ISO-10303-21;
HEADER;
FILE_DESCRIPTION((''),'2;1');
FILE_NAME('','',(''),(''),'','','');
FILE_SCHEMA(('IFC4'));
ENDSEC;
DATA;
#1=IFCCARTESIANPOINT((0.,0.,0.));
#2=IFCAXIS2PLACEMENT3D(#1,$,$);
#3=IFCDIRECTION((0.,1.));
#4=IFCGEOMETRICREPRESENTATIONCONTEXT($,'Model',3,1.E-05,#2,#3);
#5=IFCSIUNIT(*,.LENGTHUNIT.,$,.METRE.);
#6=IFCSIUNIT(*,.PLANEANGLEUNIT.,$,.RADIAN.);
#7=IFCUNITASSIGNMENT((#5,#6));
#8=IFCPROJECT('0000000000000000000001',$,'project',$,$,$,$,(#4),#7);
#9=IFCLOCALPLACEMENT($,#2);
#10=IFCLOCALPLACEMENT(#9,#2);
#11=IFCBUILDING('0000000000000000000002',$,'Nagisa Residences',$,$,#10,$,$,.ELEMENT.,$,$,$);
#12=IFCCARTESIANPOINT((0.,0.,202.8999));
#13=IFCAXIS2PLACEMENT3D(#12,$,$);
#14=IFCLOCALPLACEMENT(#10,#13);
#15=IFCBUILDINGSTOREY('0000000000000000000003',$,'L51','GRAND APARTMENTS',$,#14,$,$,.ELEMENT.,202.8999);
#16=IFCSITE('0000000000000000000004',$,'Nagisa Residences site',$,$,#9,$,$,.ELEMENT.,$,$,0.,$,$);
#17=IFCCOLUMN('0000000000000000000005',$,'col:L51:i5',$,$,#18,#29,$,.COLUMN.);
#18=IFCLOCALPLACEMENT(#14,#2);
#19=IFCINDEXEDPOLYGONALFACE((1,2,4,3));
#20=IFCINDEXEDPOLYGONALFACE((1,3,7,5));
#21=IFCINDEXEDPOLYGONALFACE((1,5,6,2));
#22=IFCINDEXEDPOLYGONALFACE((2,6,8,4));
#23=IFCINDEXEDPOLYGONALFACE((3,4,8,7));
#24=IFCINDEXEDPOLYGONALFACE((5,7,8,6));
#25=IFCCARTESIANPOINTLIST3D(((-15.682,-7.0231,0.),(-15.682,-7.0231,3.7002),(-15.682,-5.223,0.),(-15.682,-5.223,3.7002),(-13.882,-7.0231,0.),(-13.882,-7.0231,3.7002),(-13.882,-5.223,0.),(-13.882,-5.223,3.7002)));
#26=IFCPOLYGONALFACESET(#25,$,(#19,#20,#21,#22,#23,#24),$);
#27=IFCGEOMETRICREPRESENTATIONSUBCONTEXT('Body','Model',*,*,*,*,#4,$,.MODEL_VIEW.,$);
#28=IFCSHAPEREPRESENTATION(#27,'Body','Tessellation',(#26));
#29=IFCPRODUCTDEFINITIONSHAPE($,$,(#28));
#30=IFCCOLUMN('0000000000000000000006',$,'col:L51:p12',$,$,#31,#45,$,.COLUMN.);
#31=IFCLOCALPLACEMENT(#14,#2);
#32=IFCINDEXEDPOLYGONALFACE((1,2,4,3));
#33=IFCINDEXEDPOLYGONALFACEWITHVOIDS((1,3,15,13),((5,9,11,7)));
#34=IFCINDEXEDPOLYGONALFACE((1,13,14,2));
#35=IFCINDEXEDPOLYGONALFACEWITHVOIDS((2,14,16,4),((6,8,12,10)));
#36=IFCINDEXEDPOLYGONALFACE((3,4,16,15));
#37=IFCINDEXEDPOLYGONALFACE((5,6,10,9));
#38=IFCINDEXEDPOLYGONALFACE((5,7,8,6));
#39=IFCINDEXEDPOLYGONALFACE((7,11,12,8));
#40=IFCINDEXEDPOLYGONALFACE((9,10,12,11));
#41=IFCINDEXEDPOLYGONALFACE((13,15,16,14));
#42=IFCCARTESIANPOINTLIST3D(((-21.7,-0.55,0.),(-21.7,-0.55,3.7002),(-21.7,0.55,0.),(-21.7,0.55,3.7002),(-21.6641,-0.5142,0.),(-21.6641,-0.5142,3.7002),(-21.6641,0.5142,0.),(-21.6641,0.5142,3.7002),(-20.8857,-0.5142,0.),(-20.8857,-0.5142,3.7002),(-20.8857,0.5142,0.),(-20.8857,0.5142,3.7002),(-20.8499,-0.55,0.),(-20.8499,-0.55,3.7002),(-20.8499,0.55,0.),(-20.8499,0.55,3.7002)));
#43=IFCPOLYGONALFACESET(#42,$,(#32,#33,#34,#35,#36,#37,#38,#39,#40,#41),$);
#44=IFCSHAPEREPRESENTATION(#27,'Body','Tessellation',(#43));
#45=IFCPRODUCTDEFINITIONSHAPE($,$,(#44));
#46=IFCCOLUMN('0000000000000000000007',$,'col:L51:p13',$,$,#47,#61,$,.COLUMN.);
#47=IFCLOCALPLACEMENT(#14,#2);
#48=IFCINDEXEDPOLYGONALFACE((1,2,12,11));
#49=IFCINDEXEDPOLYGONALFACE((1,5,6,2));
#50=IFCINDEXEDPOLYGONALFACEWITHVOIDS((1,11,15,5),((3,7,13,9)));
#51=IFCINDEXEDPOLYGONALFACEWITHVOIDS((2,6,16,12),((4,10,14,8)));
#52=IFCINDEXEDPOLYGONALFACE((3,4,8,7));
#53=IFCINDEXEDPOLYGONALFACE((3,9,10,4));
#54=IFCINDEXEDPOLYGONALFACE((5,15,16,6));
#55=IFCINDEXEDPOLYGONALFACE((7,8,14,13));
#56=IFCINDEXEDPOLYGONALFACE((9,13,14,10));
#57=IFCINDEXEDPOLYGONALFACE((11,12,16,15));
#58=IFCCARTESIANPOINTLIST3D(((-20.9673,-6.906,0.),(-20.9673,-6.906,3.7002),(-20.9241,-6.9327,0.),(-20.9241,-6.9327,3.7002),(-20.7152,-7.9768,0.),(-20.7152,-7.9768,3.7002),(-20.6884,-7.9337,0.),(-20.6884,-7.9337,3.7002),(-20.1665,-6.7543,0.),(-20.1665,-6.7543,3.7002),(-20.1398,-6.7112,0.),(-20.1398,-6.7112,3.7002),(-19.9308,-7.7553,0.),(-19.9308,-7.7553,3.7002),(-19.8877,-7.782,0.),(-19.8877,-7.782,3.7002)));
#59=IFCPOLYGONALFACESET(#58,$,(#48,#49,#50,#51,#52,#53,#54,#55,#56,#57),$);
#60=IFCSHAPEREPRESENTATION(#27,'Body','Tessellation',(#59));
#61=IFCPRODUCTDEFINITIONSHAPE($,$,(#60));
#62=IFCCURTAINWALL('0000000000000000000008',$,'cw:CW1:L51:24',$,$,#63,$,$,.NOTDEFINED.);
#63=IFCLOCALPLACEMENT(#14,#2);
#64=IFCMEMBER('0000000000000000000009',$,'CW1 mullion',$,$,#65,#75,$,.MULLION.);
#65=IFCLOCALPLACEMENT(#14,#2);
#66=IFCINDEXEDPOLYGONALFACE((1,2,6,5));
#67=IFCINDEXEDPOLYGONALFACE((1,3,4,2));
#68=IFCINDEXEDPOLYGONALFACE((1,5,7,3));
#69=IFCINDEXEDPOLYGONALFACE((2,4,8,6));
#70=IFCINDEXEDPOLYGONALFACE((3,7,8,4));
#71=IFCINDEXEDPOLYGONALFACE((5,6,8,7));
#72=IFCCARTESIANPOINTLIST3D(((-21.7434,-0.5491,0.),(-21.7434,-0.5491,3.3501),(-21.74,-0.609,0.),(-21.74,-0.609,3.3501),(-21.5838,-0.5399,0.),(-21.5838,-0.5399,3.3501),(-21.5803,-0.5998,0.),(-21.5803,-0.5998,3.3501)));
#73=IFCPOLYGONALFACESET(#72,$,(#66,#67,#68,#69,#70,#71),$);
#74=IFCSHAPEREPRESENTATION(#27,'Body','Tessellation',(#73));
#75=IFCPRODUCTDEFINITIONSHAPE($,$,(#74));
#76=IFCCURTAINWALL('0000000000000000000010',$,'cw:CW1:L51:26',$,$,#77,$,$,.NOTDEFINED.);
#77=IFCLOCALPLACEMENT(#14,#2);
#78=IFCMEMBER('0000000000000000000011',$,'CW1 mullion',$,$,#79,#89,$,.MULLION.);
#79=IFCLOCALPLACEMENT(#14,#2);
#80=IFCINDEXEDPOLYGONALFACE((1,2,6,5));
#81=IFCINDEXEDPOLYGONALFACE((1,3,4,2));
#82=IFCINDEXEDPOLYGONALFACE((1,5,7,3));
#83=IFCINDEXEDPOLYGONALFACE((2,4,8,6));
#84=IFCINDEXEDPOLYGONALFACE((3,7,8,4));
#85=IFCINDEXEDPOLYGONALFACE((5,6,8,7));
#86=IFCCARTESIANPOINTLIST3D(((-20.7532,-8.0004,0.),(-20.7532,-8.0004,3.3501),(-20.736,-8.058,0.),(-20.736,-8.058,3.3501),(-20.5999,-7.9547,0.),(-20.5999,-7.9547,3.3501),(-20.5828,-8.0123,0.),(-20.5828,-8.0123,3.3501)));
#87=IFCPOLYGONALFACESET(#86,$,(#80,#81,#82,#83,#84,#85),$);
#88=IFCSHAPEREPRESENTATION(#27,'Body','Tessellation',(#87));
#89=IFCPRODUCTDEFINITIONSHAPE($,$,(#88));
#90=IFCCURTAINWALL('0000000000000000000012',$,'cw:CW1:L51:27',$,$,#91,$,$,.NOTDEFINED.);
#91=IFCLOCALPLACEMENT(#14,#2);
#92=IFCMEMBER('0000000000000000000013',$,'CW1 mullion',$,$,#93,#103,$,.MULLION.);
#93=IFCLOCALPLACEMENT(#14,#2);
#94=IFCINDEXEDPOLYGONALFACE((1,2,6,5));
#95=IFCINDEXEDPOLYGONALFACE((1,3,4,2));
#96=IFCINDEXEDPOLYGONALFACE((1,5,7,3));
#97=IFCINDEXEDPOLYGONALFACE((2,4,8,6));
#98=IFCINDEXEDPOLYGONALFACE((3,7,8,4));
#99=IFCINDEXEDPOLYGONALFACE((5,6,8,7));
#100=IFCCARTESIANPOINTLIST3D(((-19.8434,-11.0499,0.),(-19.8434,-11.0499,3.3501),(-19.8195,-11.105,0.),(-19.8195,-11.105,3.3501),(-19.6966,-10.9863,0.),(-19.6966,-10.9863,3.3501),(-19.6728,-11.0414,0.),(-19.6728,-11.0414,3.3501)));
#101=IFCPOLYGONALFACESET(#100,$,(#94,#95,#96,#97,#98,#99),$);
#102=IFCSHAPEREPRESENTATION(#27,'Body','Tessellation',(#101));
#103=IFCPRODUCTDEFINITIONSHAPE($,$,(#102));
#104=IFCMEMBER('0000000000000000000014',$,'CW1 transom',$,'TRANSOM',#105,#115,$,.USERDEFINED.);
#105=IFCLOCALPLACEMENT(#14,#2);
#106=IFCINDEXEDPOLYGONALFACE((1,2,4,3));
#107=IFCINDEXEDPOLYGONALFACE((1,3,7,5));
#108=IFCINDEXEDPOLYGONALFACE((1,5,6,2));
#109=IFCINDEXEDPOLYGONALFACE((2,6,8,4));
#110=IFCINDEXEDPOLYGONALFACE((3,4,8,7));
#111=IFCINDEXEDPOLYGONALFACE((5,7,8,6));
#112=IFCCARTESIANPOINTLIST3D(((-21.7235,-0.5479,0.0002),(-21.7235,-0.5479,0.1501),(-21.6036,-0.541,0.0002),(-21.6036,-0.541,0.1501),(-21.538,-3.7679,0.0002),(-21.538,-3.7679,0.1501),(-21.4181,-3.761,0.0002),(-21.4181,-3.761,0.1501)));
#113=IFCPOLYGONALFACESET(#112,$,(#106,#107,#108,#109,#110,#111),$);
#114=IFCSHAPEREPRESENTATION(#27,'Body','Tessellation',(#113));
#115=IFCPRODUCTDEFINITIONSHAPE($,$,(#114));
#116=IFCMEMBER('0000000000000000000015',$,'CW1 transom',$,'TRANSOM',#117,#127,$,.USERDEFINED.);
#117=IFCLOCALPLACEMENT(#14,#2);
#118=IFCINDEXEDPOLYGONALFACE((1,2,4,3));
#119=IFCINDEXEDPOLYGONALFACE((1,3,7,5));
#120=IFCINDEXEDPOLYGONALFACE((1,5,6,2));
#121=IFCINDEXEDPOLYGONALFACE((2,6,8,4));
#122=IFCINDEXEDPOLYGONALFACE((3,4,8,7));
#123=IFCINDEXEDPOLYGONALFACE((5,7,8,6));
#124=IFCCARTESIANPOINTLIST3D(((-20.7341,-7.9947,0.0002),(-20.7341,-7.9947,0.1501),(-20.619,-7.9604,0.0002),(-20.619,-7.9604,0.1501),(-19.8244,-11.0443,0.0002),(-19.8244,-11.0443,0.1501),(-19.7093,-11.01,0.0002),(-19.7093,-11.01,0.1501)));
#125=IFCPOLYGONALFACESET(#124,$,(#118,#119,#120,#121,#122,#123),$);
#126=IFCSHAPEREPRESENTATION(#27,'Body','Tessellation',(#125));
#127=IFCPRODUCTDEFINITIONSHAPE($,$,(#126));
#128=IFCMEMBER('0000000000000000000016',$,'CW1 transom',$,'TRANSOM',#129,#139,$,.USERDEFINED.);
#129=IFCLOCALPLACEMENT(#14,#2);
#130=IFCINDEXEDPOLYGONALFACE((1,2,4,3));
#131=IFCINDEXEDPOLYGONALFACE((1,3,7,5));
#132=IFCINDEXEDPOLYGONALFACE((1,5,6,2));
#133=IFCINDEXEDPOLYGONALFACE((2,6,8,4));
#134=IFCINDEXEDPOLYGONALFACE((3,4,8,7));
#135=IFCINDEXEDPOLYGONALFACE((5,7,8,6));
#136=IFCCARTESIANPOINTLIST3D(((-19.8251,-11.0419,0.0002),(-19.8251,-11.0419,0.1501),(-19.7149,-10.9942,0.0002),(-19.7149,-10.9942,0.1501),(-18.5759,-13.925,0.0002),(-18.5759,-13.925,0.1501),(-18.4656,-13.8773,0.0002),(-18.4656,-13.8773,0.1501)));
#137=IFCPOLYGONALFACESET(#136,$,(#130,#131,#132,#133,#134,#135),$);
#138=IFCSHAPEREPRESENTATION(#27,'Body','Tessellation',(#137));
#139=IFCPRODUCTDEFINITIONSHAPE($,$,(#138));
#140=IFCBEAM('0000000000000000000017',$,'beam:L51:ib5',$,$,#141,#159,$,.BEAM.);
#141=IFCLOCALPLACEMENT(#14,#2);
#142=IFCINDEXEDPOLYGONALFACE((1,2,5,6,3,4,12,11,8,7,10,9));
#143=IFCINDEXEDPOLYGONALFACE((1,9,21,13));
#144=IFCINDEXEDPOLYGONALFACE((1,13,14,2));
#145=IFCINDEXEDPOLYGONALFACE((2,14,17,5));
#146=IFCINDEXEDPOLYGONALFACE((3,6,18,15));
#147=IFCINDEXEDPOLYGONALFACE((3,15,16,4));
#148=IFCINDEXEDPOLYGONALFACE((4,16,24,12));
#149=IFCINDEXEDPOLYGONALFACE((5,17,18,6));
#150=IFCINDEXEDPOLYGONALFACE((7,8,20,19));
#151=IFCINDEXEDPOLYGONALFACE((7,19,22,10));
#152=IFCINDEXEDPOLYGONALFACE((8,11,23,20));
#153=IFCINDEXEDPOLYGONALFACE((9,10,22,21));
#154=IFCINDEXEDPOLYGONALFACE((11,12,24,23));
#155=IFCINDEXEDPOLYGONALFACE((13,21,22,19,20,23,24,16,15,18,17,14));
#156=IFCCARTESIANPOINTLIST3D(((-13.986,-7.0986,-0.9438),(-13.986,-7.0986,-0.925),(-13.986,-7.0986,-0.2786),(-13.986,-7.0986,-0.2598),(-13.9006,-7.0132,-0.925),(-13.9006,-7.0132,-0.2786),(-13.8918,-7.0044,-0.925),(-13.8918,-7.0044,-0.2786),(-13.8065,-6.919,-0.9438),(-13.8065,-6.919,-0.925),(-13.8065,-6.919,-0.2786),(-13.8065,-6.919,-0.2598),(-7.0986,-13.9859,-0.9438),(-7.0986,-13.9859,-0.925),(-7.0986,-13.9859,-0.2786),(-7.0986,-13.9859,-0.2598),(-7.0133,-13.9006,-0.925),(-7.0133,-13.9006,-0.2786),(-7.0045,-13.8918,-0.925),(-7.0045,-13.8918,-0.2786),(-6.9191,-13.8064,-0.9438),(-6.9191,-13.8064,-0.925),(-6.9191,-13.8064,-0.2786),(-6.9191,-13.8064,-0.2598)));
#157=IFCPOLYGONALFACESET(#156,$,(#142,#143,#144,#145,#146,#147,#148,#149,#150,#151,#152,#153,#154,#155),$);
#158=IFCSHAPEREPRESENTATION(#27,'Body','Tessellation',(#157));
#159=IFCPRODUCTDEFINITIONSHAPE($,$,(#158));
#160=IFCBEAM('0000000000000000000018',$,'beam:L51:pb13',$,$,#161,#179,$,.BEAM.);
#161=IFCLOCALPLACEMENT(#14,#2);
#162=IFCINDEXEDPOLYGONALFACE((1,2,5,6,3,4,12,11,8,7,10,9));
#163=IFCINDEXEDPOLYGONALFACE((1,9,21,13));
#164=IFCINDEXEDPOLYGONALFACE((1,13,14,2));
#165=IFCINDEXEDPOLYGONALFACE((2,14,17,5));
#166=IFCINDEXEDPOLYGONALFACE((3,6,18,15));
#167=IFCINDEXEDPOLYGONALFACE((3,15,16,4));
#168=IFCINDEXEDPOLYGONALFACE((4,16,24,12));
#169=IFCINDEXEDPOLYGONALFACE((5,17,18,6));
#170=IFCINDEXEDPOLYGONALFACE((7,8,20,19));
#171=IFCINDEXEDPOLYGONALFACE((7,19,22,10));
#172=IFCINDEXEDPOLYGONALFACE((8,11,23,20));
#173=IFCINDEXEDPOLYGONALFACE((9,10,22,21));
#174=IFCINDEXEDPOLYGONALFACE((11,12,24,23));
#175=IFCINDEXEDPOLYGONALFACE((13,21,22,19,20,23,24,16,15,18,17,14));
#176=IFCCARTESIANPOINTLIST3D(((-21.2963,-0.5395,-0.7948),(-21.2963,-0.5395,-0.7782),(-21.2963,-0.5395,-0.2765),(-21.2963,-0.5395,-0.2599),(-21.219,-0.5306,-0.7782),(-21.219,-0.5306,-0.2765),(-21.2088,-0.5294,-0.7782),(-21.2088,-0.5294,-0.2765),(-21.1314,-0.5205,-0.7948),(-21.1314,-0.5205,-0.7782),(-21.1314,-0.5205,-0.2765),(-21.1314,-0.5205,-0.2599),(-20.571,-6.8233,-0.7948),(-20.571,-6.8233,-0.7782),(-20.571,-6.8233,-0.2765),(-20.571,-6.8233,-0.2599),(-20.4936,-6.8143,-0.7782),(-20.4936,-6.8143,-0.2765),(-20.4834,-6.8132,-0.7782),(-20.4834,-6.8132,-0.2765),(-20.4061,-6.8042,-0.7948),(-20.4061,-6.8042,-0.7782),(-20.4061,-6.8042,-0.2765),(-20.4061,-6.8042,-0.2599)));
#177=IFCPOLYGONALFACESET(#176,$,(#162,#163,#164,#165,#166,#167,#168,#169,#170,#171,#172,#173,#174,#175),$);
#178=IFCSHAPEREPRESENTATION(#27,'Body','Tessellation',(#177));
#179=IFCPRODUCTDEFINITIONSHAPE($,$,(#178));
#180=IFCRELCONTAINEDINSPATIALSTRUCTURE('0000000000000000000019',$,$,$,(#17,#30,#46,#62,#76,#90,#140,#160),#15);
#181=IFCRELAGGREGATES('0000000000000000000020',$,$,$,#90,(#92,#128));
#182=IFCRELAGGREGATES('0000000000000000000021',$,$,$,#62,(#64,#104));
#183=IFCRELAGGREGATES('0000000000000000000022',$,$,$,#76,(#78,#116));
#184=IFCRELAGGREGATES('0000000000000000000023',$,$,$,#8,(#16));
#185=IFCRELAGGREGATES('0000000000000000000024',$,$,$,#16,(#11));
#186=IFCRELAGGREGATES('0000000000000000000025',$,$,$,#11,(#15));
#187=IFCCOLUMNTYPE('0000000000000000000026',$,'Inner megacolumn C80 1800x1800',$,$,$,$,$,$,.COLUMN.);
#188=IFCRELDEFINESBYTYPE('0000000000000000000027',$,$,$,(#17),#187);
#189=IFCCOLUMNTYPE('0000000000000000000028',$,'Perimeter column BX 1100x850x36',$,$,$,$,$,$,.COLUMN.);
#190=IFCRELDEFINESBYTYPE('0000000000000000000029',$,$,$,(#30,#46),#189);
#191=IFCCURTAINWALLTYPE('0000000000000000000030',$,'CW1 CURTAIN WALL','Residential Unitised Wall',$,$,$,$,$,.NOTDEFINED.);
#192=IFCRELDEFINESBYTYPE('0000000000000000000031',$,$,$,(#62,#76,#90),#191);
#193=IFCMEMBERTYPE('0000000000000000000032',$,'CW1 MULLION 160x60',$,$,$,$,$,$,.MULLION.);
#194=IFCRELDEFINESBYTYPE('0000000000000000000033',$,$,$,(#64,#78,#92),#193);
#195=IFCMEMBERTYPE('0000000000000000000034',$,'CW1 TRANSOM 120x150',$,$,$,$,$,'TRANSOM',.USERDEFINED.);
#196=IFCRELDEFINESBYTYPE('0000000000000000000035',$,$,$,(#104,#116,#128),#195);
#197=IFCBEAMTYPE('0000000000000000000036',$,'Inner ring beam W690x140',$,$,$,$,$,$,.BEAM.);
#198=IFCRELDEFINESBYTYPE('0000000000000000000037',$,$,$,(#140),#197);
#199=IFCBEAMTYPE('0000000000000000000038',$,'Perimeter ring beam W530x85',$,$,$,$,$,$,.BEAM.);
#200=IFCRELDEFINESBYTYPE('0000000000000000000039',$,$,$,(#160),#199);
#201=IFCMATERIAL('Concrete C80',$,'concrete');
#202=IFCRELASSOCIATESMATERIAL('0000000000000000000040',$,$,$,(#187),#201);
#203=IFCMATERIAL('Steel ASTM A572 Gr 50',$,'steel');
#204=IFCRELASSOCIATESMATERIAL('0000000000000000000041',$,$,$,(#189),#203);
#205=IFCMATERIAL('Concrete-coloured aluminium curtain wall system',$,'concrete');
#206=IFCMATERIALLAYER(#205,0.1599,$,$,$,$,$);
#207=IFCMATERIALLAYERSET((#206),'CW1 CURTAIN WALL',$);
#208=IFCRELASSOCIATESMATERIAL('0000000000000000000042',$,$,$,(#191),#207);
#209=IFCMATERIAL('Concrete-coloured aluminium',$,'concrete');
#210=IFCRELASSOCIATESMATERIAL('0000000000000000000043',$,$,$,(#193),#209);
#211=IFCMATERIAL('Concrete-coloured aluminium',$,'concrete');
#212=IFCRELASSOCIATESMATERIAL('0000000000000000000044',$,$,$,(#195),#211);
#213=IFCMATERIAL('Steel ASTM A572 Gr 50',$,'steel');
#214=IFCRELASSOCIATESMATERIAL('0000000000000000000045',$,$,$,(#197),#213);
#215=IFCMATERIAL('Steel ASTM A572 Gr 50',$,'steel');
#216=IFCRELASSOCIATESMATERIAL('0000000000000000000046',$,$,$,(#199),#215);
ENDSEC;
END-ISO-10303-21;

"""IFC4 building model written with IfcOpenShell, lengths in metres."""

from ifc_helpers import new_model, si_unit, direction, frame, origin, origin_2d, place, context, subcontext, project, spatial, rectangle, hollow_rectangle, i_section, extrude, material, layer, layer_set, material_profile, profile_set, type_object, element, aggregate, save


model = new_model("IFC4")

# Units and contexts
model_context = context("Model", 3, precision=1e-05, world=origin(), true_north=direction((0.0, 1.0)))
body_context = subcontext(model_context, "Body", "Model", "MODEL_VIEW")
ifc_project = project(units=[si_unit("LENGTHUNIT", "METRE"), si_unit("PLANEANGLEUNIT", "RADIAN")], contexts=[model_context])

# Site, building, storey
site_placement = place(None, origin())
site = spatial("IfcSite", under=ifc_project, at=site_placement, Name="Nagisa Residences site", CompositionType="ELEMENT", RefElevation=0.0)
building_placement = place(site_placement, origin())
building = spatial("IfcBuilding", under=site, at=building_placement, Name="Nagisa Residences", CompositionType="ELEMENT")
storey_placement = place(building_placement, frame((0.0, 0.0, 202.8999)))
storey = spatial("IfcBuildingStorey", under=building, at=storey_placement, Name="L51", Description="GRAND APARTMENTS", CompositionType="ELEMENT", Elevation=202.8999)

# Columns
ifc_material_1 = material(Name="Concrete C80", Category="concrete")
ifc_material_profile_1 = material_profile(ifc_material_1, rectangle(XDim=1.8, YDim=1.8, at=origin_2d()), Name="C80 1800x1800")
ifc_profile_set_1 = profile_set([ifc_material_profile_1], Name="Concrete C80")
column_type_1 = type_object("IfcColumnType", Name="Inner megacolumn C80 1800x1800", PredefinedType="COLUMN", material=ifc_profile_set_1)
column_placement = place(storey_placement, frame((-14.782, -6.123, 0.0), z_axis=(0.0, 0.0, 1.0), x_axis=(1.0, 0.0, 0.0)))
element("IfcColumn", 1, at=column_placement, inside=storey, type_object=column_type_1, Name="col:L51:i5", PredefinedType="COLUMN", context=body_context, shape_type="SweptSolid", body=[
    extrude(rectangle(XDim=1.8, YDim=1.8, at=origin_2d()), origin(), (0.0, 0.0, 1.0), 3.7002),
])
ifc_material_2 = material(Name="Steel ASTM A572 Gr 50", Category="steel")
ifc_material_profile_2 = material_profile(ifc_material_2, hollow_rectangle(XDim=1.1001, YDim=0.8501, WallThickness=0.0359, at=origin_2d()), Name="BX 1100x850x36")
ifc_profile_set_2 = profile_set([ifc_material_profile_2], Name="Steel ASTM A572 Gr 50")
column_type_2 = type_object("IfcColumnType", Name="Perimeter column BX 1100x850x36", PredefinedType="COLUMN", material=ifc_profile_set_2)
for number, where, z_axis, x_axis, name in (
    (2, (-21.2749, 0.0, 0.0), (0.0, 0.0, 1.0), (0.0, -1.0, 0.0), "col:L51:p12"),
    (3, (-20.4275, -7.344, 0.0), (0.0, 0.0, 1.0), (0.229202, -0.973379, 0.0), "col:L51:p13"),
):
    element("IfcColumn", number, at=place(storey_placement, frame(where, z_axis=z_axis, x_axis=x_axis)), inside=storey, type_object=column_type_2, Name=name, PredefinedType="COLUMN", context=body_context, shape_type="SweptSolid", body=[
        extrude(hollow_rectangle(XDim=1.1001, YDim=0.8501, WallThickness=0.0359, at=origin_2d()), origin(), (0.0, 0.0, 1.0), 3.7002),
    ])

# Curtain walls, members
ifc_material_3 = material(Name="Concrete-coloured aluminium curtain wall system", Category="concrete")
ifc_layer_1 = layer(ifc_material_3, 0.1599)
ifc_layer_set_1 = layer_set([ifc_layer_1], Name="CW1 CURTAIN WALL")
curtain_wall_type = type_object("IfcCurtainWallType", Name="CW1 CURTAIN WALL", Description="Residential Unitised Wall", PredefinedType="NOTDEFINED", material=ifc_layer_set_1)
curtain_wall_1_placement = place(storey_placement, origin())
curtain_wall_1 = element("IfcCurtainWall", 4, at=curtain_wall_1_placement, inside=storey, type_object=curtain_wall_type, Name="cw:CW1:L51:24", PredefinedType="NOTDEFINED")
ifc_material_4 = material(Name="Concrete-coloured aluminium", Category="concrete")
ifc_material_profile_3 = material_profile(ifc_material_4, rectangle(XDim=0.1599, YDim=0.0601, at=origin_2d()), Name="CW1 MULLION 160x60")
ifc_profile_set_3 = profile_set([ifc_material_profile_3], Name="Concrete-coloured aluminium")
member_type_1 = type_object("IfcMemberType", Name="CW1 MULLION 160x60", PredefinedType="MULLION", material=ifc_profile_set_3)
member_1_placement = place(storey_placement, frame((-21.6619, -0.5745, 0.0), z_axis=(0.0, 0.0, 1.0), x_axis=(0.998345, 0.057503, 0.0)))
member_1 = element("IfcMember", 5, at=member_1_placement, type_object=member_type_1, Name="CW1 mullion", PredefinedType="MULLION", context=body_context, shape_type="SweptSolid", body=[
    extrude(rectangle(XDim=0.1599, YDim=0.0601, at=origin_2d()), origin(), (0.0, 0.0, 1.0), 3.3501),
])
curtain_wall_2_placement = place(storey_placement, origin())
curtain_wall_2 = element("IfcCurtainWall", 6, at=curtain_wall_2_placement, inside=storey, type_object=curtain_wall_type, Name="cw:CW1:L51:26", PredefinedType="NOTDEFINED")
member_2_placement = place(storey_placement, frame((-20.668, -8.0063, 0.0), z_axis=(0.0, 0.0, 1.0), x_axis=(0.958271, 0.28586, 0.0)))
member_2 = element("IfcMember", 7, at=member_2_placement, type_object=member_type_1, Name="CW1 mullion", PredefinedType="MULLION", context=body_context, shape_type="SweptSolid", body=[
    extrude(rectangle(XDim=0.1599, YDim=0.0601, at=origin_2d()), origin(), (0.0, 0.0, 1.0), 3.3501),
])
curtain_wall_3_placement = place(storey_placement, origin())
curtain_wall_3 = element("IfcCurtainWall", 8, at=curtain_wall_3_placement, inside=storey, type_object=curtain_wall_type, Name="cw:CW1:L51:27", PredefinedType="NOTDEFINED")
member_3_placement = place(storey_placement, frame((-19.7581, -11.0457, 0.0), z_axis=(0.0, 0.0, 1.0), x_axis=(0.917543, 0.397636, 0.0)))
member_3 = element("IfcMember", 9, at=member_3_placement, type_object=member_type_1, Name="CW1 mullion", PredefinedType="MULLION", context=body_context, shape_type="SweptSolid", body=[
    extrude(rectangle(XDim=0.1599, YDim=0.0601, at=origin_2d()), origin(), (0.0, 0.0, 1.0), 3.3501),
])

# Members
ifc_material_5 = material(Name="Concrete-coloured aluminium", Category="concrete")
ifc_material_profile_4 = material_profile(ifc_material_5, rectangle(XDim=0.1201, YDim=0.1499, at=origin_2d()), Name="CW1 TRANSOM 120x150")
ifc_profile_set_4 = profile_set([ifc_material_profile_4], Name="Concrete-coloured aluminium")
member_type_2 = type_object("IfcMemberType", Name="CW1 TRANSOM 120x150", ElementType="TRANSOM", PredefinedType="USERDEFINED", material=ifc_profile_set_4)
member_4_placement = place(storey_placement, frame((-21.6636, -0.5444, 0.0752), z_axis=(0.057528, -0.998344, 0.0), x_axis=(0.998344, 0.057528, 0.0)))
member_4 = element("IfcMember", 10, at=member_4_placement, type_object=member_type_2, Name="CW1 transom", ObjectType="TRANSOM", PredefinedType="USERDEFINED", context=body_context, shape_type="SweptSolid", body=[
    extrude(rectangle(XDim=0.1201, YDim=0.1499, at=origin_2d()), origin(), (0.0, 0.0, 1.0), 3.2253),
])
member_5_placement = place(storey_placement, frame((-20.6765, -7.9775, 0.0752), z_axis=(0.285848, -0.958275, 0.0), x_axis=(0.958275, 0.285848, 0.0)))
member_5 = element("IfcMember", 11, at=member_5_placement, type_object=member_type_2, Name="CW1 transom", ObjectType="TRANSOM", PredefinedType="USERDEFINED", context=body_context, shape_type="SweptSolid", body=[
    extrude(rectangle(XDim=0.1201, YDim=0.1499, at=origin_2d()), origin(), (0.0, 0.0, 1.0), 3.1824),
])
member_6_placement = place(storey_placement, frame((-19.77, -11.0181, 0.0752), z_axis=(0.397592, -0.917562, 0.0), x_axis=(0.917562, 0.397592, 0.0)))
member_6 = element("IfcMember", 12, at=member_6_placement, type_object=member_type_2, Name="CW1 transom", ObjectType="TRANSOM", PredefinedType="USERDEFINED", context=body_context, shape_type="SweptSolid", body=[
    extrude(rectangle(XDim=0.1201, YDim=0.1499, at=origin_2d()), origin(), (0.0, 0.0, 1.0), 3.1421),
])
aggregate(curtain_wall_3, [member_3, member_6])

# Beams
ifc_material_6 = material(Name="Steel ASTM A572 Gr 50", Category="steel")
ifc_material_profile_5 = material_profile(ifc_material_6, i_section(OverallWidth=0.2539, OverallDepth=0.6841, WebThickness=0.0125, FlangeThickness=0.0188, at=origin_2d()), Name="W690x140")
ifc_profile_set_5 = profile_set([ifc_material_profile_5], Name="Steel ASTM A572 Gr 50")
beam_type_1 = type_object("IfcBeamType", Name="Inner ring beam W690x140", PredefinedType="BEAM", material=ifc_profile_set_5)
beam_1_placement = place(storey_placement, frame((-13.8962, -7.0088, -0.6018), z_axis=(0.707107, -0.707107, 0.0), x_axis=(0.707107, 0.707107, 0.0)))
element("IfcBeam", 13, at=beam_1_placement, inside=storey, type_object=beam_type_1, Name="beam:L51:ib5", PredefinedType="BEAM", context=body_context, shape_type="SweptSolid", body=[
    extrude(i_section(OverallWidth=0.2539, OverallDepth=0.6841, WebThickness=0.0125, FlangeThickness=0.0188, at=origin_2d()), origin(), (0.0, 0.0, 1.0), 9.7402),
])
ifc_material_7 = material(Name="Steel ASTM A572 Gr 50", Category="steel")
ifc_material_profile_6 = material_profile(ifc_material_7, i_section(OverallWidth=0.166, OverallDepth=0.5349, WebThickness=0.0103, FlangeThickness=0.0166, at=origin_2d()), Name="W530x85")
ifc_profile_set_6 = profile_set([ifc_material_profile_6], Name="Steel ASTM A572 Gr 50")
beam_type_2 = type_object("IfcBeamType", Name="Perimeter ring beam W530x85", PredefinedType="BEAM", material=ifc_profile_set_6)
beam_2_placement = place(storey_placement, frame((-21.2139, -0.53, -0.5273), z_axis=(0.114671, -0.993404, 0.0), x_axis=(0.993404, 0.114671, 0.0)))
element("IfcBeam", 14, at=beam_2_placement, inside=storey, type_object=beam_type_2, Name="beam:L51:pb13", PredefinedType="BEAM", context=body_context, shape_type="SweptSolid", body=[
    extrude(i_section(OverallWidth=0.166, OverallDepth=0.5349, WebThickness=0.0103, FlangeThickness=0.0166, at=origin_2d()), origin(), (0.0, 0.0, 1.0), 6.3254),
])

aggregate(curtain_wall_1, [member_1, member_4])
aggregate(curtain_wall_2, [member_2, member_5])

save(model, "model.ifc")
